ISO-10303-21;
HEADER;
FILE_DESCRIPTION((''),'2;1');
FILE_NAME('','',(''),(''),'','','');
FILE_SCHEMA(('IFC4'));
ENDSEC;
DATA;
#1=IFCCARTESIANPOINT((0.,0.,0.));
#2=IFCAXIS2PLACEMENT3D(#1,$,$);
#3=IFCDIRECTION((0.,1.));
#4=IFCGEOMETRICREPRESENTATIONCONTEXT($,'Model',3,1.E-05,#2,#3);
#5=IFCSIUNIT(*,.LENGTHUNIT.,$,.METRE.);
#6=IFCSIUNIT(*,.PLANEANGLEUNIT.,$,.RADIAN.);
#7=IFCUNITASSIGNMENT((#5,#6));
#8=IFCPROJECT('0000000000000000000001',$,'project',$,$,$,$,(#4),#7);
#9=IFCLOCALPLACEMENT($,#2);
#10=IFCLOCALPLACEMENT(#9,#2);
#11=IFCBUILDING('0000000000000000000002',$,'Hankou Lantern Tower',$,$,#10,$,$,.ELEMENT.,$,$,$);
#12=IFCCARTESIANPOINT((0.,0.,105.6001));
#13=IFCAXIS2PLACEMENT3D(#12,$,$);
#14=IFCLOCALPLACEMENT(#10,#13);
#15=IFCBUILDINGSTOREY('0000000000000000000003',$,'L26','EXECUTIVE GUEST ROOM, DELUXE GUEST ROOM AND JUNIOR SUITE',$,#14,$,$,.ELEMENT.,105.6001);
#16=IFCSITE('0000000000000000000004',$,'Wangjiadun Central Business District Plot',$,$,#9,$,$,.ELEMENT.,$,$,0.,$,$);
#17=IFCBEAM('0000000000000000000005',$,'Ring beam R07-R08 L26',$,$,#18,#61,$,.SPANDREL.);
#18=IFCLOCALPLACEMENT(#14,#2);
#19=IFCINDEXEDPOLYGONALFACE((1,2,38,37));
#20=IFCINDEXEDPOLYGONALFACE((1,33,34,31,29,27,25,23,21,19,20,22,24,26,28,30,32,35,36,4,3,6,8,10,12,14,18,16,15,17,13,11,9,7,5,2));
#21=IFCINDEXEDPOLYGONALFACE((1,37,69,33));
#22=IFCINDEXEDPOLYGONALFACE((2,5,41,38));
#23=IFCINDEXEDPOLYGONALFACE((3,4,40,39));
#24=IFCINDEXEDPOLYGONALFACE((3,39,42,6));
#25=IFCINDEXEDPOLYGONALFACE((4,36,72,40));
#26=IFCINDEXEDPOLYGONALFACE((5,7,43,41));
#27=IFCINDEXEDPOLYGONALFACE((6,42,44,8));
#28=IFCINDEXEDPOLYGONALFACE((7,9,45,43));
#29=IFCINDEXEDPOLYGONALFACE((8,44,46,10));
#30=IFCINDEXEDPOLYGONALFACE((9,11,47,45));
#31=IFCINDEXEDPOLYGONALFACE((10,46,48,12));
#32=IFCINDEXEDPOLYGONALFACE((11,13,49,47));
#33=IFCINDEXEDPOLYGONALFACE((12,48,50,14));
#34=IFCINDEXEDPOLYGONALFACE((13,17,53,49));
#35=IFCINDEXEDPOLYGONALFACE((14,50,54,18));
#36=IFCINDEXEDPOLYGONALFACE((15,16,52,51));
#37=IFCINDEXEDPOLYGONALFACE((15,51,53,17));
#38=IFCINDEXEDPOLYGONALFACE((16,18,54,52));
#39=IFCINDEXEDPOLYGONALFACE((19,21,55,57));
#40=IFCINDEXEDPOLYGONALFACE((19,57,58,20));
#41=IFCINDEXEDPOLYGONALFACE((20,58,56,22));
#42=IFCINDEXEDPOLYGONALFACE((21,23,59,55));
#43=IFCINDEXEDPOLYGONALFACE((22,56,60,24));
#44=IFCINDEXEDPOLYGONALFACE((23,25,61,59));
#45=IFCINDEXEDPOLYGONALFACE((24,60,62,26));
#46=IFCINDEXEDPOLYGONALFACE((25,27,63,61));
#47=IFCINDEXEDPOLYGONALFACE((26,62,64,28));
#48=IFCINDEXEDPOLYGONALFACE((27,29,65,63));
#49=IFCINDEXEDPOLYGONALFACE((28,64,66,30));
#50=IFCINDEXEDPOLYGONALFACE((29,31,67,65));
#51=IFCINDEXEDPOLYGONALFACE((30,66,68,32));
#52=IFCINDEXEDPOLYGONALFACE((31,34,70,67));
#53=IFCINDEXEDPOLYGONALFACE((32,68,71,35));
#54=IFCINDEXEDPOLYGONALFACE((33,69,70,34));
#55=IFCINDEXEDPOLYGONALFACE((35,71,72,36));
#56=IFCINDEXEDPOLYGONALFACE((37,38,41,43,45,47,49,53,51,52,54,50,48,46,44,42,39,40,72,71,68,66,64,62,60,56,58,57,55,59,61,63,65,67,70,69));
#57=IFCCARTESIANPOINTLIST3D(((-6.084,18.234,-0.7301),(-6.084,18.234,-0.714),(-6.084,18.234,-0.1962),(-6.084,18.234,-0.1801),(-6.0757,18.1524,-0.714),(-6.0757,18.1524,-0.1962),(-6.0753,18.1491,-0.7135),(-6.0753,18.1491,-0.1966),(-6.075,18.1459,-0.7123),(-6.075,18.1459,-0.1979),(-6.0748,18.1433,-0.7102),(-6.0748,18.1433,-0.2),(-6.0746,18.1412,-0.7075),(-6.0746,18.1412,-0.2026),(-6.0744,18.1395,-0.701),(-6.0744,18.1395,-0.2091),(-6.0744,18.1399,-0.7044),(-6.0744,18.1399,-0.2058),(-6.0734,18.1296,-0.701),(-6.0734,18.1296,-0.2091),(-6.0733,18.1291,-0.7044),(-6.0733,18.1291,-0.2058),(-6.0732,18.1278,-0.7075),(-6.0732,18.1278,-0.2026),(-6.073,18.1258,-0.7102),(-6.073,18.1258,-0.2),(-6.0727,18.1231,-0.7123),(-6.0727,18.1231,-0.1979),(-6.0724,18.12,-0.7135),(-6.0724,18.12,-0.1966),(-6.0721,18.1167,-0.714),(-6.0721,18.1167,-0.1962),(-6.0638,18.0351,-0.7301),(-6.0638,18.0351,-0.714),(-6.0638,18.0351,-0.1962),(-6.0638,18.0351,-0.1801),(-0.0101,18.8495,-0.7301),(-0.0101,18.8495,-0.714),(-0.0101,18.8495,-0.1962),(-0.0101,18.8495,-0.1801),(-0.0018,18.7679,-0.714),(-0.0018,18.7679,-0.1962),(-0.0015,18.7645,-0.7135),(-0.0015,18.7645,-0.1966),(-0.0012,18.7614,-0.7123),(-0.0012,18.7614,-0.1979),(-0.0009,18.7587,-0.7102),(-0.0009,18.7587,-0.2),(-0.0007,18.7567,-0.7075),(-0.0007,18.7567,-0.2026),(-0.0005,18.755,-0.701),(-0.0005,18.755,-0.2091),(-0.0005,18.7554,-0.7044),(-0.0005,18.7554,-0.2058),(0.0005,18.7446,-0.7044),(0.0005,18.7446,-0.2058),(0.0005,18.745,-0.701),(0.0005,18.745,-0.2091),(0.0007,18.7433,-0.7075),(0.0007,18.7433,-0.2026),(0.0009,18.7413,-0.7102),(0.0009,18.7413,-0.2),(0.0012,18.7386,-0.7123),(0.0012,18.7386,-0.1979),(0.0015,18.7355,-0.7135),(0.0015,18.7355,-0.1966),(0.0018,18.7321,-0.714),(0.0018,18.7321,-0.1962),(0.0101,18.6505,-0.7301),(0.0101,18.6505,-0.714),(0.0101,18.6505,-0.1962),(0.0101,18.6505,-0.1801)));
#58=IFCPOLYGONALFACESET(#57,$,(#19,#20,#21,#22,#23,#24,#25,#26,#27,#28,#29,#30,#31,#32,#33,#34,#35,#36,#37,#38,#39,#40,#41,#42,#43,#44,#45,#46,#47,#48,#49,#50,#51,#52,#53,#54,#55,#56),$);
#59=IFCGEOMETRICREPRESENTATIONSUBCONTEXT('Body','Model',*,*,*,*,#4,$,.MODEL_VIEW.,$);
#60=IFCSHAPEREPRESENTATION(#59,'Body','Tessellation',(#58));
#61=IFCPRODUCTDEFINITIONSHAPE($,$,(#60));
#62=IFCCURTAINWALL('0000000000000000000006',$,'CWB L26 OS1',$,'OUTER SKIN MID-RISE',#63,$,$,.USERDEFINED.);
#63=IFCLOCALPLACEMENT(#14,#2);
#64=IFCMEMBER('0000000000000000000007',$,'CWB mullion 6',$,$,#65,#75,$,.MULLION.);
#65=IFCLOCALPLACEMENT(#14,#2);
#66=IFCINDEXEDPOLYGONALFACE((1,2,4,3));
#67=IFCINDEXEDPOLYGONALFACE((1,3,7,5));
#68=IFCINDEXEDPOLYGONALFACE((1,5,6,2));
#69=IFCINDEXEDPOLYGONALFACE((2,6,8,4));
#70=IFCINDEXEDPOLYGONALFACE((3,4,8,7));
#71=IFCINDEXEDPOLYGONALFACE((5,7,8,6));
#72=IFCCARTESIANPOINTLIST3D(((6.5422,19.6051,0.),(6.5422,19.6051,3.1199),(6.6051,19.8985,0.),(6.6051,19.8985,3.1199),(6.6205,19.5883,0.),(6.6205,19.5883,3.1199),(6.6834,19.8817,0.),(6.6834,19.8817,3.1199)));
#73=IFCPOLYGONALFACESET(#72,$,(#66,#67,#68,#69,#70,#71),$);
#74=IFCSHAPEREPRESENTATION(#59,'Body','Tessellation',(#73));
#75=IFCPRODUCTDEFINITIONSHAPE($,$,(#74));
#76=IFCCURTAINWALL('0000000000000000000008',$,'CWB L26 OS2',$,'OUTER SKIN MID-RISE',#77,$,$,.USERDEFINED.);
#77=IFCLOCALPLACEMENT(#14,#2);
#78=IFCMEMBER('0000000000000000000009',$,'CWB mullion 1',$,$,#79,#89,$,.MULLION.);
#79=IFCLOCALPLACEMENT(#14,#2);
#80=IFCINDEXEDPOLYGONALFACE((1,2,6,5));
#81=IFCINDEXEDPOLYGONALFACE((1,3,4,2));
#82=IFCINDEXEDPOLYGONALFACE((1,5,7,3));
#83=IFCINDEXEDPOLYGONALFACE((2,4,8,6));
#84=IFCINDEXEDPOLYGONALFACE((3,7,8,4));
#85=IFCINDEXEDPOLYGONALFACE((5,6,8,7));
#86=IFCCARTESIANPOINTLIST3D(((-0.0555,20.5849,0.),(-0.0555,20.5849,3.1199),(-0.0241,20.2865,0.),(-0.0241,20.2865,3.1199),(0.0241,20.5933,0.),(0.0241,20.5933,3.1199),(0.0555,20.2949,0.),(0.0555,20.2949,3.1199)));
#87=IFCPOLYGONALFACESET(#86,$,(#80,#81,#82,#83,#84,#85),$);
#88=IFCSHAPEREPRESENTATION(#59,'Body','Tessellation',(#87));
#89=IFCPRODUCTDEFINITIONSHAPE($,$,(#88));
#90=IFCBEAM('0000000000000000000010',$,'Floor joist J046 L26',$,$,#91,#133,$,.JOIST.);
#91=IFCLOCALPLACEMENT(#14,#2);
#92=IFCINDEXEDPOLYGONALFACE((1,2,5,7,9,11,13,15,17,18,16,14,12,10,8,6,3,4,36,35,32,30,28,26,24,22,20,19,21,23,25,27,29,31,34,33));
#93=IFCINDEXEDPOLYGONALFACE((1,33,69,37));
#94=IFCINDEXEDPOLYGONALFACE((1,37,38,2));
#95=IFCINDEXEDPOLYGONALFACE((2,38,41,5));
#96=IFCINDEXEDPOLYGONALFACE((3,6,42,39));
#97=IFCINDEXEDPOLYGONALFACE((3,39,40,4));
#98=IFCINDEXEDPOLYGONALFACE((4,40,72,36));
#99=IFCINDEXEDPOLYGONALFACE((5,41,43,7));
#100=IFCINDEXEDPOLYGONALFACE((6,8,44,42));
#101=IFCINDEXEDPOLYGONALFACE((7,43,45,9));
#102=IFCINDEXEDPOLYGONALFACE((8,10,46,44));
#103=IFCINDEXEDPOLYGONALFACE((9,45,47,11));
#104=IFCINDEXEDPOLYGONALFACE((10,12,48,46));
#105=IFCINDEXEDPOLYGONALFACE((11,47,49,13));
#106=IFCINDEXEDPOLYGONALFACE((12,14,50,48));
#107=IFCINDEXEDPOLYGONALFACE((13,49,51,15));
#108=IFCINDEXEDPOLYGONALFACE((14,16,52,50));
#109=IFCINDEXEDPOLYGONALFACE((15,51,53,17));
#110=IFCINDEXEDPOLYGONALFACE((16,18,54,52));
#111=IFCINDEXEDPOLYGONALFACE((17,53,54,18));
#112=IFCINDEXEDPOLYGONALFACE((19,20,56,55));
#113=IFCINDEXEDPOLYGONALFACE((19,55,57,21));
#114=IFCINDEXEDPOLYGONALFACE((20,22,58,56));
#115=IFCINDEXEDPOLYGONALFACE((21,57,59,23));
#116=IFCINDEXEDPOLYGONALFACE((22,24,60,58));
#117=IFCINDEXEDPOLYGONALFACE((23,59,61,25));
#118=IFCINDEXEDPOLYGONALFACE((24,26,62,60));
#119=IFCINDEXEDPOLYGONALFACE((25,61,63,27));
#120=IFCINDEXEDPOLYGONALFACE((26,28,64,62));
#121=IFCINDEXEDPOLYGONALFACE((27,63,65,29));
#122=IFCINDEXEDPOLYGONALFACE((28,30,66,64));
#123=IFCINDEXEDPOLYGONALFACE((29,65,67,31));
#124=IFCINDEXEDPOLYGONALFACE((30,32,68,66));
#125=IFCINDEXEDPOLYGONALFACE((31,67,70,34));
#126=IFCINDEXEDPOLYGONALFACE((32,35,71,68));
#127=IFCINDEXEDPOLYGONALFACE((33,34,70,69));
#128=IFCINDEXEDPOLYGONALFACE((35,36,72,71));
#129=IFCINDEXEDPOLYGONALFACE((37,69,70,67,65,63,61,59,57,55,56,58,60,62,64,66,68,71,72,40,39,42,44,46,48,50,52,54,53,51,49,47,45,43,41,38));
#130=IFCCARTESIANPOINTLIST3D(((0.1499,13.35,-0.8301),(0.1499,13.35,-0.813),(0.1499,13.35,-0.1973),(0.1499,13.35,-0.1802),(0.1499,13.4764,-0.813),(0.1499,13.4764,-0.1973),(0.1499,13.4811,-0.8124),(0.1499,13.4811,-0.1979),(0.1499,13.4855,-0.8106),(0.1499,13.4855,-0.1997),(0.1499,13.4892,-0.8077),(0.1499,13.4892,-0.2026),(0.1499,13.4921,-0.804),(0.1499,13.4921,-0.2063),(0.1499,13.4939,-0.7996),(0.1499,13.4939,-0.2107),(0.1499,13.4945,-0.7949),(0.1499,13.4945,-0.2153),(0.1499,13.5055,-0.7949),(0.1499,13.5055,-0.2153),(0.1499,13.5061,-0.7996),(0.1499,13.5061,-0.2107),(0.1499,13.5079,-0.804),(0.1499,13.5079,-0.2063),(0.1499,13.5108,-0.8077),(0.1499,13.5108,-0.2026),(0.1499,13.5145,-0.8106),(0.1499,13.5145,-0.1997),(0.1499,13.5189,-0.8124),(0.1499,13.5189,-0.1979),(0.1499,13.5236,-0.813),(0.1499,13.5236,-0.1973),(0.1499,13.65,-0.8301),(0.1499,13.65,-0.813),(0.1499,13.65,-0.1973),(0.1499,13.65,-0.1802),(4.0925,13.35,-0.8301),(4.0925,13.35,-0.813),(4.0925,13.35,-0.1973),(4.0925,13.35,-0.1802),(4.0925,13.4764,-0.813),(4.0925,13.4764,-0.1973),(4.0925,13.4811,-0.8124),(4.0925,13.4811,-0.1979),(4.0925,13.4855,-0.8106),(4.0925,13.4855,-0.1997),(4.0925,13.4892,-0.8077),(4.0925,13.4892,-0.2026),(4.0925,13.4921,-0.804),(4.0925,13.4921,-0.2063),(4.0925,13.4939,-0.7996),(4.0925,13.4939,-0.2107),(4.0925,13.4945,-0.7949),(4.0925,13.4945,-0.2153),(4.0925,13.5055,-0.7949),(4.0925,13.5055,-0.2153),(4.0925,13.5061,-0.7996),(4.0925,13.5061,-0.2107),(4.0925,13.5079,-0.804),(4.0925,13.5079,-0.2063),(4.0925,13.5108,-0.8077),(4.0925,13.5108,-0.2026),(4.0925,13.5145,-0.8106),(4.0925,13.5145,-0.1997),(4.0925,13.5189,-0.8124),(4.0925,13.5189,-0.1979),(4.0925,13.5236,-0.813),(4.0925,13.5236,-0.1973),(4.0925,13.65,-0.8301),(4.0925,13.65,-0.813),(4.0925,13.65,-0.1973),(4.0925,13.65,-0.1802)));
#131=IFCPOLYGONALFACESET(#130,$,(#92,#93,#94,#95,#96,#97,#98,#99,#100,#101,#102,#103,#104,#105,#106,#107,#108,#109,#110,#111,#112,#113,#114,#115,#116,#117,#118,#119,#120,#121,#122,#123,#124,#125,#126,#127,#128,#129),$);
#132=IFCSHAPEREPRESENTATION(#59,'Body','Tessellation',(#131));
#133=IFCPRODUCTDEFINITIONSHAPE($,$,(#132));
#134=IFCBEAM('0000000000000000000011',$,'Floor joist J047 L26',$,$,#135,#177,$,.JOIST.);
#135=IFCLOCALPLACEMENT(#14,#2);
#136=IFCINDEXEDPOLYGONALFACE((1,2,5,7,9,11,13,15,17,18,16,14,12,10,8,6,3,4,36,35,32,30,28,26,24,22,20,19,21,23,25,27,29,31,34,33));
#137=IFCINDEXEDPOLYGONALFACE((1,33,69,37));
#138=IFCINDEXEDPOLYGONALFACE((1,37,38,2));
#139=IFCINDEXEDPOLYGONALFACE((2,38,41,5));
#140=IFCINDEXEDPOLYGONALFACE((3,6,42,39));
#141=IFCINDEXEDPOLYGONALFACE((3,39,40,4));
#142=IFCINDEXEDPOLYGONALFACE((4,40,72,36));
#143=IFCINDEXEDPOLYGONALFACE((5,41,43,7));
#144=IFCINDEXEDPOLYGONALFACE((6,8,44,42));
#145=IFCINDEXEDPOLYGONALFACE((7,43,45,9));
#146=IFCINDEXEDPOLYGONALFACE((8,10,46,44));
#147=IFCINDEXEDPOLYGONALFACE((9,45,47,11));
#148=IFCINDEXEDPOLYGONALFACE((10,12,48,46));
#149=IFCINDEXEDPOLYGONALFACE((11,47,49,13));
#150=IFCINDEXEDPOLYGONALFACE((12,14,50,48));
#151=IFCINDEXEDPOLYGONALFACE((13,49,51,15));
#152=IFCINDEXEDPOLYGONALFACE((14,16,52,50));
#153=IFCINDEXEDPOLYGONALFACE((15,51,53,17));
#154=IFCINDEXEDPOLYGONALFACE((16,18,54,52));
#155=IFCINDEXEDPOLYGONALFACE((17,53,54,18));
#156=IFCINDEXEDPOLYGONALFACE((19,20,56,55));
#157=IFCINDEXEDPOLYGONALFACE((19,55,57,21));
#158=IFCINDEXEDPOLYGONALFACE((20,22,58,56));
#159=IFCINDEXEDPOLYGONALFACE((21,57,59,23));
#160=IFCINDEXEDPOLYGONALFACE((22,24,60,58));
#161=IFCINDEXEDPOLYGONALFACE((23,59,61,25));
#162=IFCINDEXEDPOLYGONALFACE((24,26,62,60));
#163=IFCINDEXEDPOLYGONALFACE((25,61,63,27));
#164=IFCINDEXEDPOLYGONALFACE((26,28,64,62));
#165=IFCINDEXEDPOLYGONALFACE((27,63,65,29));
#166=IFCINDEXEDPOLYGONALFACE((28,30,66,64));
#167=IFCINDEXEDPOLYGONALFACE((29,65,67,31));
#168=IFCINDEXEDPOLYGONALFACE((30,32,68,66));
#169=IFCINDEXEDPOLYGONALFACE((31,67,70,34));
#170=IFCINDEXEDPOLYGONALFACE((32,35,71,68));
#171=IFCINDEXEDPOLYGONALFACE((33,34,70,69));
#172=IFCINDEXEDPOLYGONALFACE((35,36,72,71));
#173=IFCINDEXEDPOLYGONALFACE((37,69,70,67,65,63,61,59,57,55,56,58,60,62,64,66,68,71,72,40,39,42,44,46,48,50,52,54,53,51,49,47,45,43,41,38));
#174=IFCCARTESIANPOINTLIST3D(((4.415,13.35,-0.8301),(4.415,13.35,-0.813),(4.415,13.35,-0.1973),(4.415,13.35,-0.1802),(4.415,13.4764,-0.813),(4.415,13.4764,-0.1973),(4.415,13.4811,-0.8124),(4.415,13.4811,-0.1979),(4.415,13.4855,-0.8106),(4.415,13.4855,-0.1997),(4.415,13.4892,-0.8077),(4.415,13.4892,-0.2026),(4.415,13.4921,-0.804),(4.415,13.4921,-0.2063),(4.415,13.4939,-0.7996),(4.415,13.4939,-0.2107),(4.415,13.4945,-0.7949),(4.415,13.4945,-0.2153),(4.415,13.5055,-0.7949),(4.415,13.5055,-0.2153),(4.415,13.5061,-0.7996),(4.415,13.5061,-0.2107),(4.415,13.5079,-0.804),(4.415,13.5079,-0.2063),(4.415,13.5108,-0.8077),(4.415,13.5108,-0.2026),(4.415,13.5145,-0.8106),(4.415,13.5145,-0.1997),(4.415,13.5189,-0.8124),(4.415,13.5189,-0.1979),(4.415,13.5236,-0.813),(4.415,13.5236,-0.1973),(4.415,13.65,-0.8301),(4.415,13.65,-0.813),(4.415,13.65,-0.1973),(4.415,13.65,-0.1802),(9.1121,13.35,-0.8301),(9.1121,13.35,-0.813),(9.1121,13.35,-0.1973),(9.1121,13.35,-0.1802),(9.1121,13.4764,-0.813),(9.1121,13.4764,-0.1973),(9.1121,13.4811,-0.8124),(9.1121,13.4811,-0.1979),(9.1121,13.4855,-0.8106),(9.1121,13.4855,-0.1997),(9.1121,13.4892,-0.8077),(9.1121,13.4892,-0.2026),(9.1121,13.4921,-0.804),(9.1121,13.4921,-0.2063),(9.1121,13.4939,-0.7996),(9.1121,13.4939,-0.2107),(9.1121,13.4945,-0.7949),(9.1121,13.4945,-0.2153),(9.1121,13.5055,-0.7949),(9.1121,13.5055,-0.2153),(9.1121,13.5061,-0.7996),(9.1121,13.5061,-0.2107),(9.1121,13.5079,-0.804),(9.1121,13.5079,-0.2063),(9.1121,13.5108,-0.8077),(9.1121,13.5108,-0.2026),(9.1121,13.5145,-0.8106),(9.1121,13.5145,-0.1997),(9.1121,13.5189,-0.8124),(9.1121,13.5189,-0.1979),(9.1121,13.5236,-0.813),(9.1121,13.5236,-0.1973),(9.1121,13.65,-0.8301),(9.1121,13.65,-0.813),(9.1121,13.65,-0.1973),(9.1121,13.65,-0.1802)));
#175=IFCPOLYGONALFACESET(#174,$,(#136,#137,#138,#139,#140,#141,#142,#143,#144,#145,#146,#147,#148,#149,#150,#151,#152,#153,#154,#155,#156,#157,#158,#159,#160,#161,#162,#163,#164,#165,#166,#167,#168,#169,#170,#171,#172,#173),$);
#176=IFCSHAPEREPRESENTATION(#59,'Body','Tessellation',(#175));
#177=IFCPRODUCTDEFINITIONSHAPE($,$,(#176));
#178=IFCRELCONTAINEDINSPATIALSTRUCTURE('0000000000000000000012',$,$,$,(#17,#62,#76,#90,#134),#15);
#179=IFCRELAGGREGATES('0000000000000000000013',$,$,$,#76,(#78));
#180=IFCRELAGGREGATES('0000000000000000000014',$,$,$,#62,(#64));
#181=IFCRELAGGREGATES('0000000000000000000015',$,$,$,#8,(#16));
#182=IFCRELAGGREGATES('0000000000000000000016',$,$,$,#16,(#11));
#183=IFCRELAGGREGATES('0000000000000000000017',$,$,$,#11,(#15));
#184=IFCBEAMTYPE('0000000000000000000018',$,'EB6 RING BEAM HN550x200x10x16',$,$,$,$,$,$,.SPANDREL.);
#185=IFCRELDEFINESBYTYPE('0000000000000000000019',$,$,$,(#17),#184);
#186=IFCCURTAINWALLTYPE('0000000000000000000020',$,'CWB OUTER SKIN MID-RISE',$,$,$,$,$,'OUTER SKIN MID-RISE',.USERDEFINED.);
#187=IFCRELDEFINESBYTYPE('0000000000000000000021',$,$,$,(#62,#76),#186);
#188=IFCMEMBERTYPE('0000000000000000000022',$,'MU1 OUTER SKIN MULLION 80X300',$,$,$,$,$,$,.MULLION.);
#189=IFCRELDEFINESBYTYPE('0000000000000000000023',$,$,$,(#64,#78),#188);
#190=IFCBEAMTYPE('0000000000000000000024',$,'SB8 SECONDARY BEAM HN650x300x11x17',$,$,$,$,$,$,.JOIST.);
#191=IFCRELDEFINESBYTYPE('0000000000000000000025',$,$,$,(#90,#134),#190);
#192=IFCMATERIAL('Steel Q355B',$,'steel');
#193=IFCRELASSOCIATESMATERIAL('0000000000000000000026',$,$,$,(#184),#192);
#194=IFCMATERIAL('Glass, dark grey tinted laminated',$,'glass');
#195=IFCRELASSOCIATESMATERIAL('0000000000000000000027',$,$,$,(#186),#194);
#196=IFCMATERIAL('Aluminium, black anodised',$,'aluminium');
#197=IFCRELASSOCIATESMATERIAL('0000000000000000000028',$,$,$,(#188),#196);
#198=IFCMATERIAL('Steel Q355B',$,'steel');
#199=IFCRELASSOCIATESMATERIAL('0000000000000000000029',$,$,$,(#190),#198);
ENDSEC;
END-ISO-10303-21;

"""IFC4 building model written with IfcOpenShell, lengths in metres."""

from ifc_helpers import new_model, si_unit, direction, frame, origin, origin_2d, place, context, subcontext, project, spatial, rectangle, i_section, extrude, material, material_profile, profile_set, type_object, element, aggregate, save


model = new_model("IFC4")

# Units and contexts
model_context = context("Model", 3, precision=1e-05, world=origin(), true_north=direction((0.0, 1.0)))
body_context = subcontext(model_context, "Body", "Model", "MODEL_VIEW")
ifc_project = project(units=[si_unit("LENGTHUNIT", "METRE"), si_unit("PLANEANGLEUNIT", "RADIAN")], contexts=[model_context])

# Site, building, storey
site_placement = place(None, origin())
site = spatial("IfcSite", under=ifc_project, at=site_placement, Name="Wangjiadun Central Business District Plot", CompositionType="ELEMENT", RefElevation=0.0)
building_placement = place(site_placement, origin())
building = spatial("IfcBuilding", under=site, at=building_placement, Name="Hankou Lantern Tower", CompositionType="ELEMENT")
storey_placement = place(building_placement, frame((0.0, 0.0, 105.6001)))
storey = spatial("IfcBuildingStorey", under=building, at=storey_placement, Name="L26", Description="EXECUTIVE GUEST ROOM, DELUXE GUEST ROOM AND JUNIOR SUITE", CompositionType="ELEMENT", Elevation=105.6001)

# Beam
ifc_material_1 = material(Name="Steel Q355B", Category="steel")
ifc_material_profile_1 = material_profile(ifc_material_1, i_section(OverallWidth=0.2, OverallDepth=0.55, WebThickness=0.01, FlangeThickness=0.0161, FilletRadius=0.0129, at=origin_2d()), Name="HN550x200x10x16")
ifc_profile_set_1 = profile_set([ifc_material_profile_1], Name="Steel Q355B")
beam_type_1 = type_object("IfcBeamType", Name="EB6 RING BEAM HN550x200x10x16", PredefinedType="SPANDREL", material=ifc_profile_set_1)
for number, where, z_axis, x_axis, name in (
    (1, (0.0, 18.75, -0.4551), (-0.994905, -0.100814, 0.0), (0.100814, -0.994905, 0.0), "Ring beam R07-R08 L26"),
):
    element("IfcBeam", number, at=place(storey_placement, frame(where, z_axis=z_axis, x_axis=x_axis)), inside=storey, type_object=beam_type_1, Name=name, PredefinedType="SPANDREL", context=body_context, shape_type="SweptSolid", body=[
        extrude(i_section(OverallWidth=0.2, OverallDepth=0.55, WebThickness=0.01, FlangeThickness=0.0161, FilletRadius=0.0129, at=origin_2d()), origin(), (0.0, 0.0, 1.0), 6.105),
    ])

# Curtain walls, members
ifc_material_2 = material(Name="Glass, dark grey tinted laminated", Category="glass")
curtain_wall_type = type_object("IfcCurtainWallType", Name="CWB OUTER SKIN MID-RISE", ElementType="OUTER SKIN MID-RISE", PredefinedType="USERDEFINED", material=ifc_material_2)
curtain_wall_1_placement = place(storey_placement, origin())
curtain_wall_1 = element("IfcCurtainWall", 2, at=curtain_wall_1_placement, inside=storey, type_object=curtain_wall_type, Name="CWB L26 OS1", ObjectType="OUTER SKIN MID-RISE", PredefinedType="USERDEFINED")
ifc_material_3 = material(Name="Aluminium, black anodised", Category="aluminium")
ifc_material_profile_2 = material_profile(ifc_material_3, rectangle(XDim=0.0801, YDim=0.3, at=origin_2d()), Name="MU1 80X300")
ifc_profile_set_2 = profile_set([ifc_material_profile_2], Name="Aluminium, black anodised")
member_type_1 = type_object("IfcMemberType", Name="MU1 OUTER SKIN MULLION 80X300", PredefinedType="MULLION", material=ifc_profile_set_2)
member_1_placement = place(storey_placement, frame((6.6128, 19.7434, 0.0), z_axis=(0.0, 0.0, 1.0), x_axis=(-0.977788, 0.209598, 0.0)))
member_1 = element("IfcMember", 3, at=member_1_placement, type_object=member_type_1, Name="CWB mullion 6", PredefinedType="MULLION", context=body_context, shape_type="SweptSolid", body=[
    extrude(rectangle(XDim=0.0801, YDim=0.3, at=origin_2d()), origin(), (0.0, 0.0, 1.0), 3.1199),
])
curtain_wall_2_placement = place(storey_placement, origin())
curtain_wall_2 = element("IfcCurtainWall", 4, at=curtain_wall_2_placement, inside=storey, type_object=curtain_wall_type, Name="CWB L26 OS2", ObjectType="OUTER SKIN MID-RISE", PredefinedType="USERDEFINED")
member_2_placement = place(storey_placement, frame((0.0, 20.4399, 0.0), z_axis=(0.0, 0.0, 1.0), x_axis=(-0.994499, -0.104743, 0.0)))
member_2 = element("IfcMember", 5, at=member_2_placement, type_object=member_type_1, Name="CWB mullion 1", PredefinedType="MULLION", context=body_context, shape_type="SweptSolid", body=[
    extrude(rectangle(XDim=0.0801, YDim=0.3, at=origin_2d()), origin(), (0.0, 0.0, 1.0), 3.1199),
])
aggregate(curtain_wall_2, [member_2])

# Beams
ifc_material_4 = material(Name="Steel Q355B", Category="steel")
ifc_material_profile_3 = material_profile(ifc_material_4, i_section(OverallWidth=0.3, OverallDepth=0.6499, WebThickness=0.011, FlangeThickness=0.0171, FilletRadius=0.0181, at=origin_2d()), Name="HN650x300x11x17")
ifc_profile_set_3 = profile_set([ifc_material_profile_3], Name="Steel Q355B")
beam_type_2 = type_object("IfcBeamType", Name="SB8 SECONDARY BEAM HN650x300x11x17", PredefinedType="JOIST", material=ifc_profile_set_3)
beam_1_placement = place(storey_placement, frame((0.1499, 13.5, -0.5051), z_axis=(1.0, 0.0, 0.0), x_axis=(0.0, 1.0, 0.0)))
element("IfcBeam", 6, at=beam_1_placement, inside=storey, type_object=beam_type_2, Name="Floor joist J046 L26", PredefinedType="JOIST", context=body_context, shape_type="SweptSolid", body=[
    extrude(i_section(OverallWidth=0.3, OverallDepth=0.6499, WebThickness=0.011, FlangeThickness=0.0171, FilletRadius=0.0181, at=origin_2d()), origin(), (0.0, 0.0, 1.0), 3.9426),
])
beam_2_placement = place(storey_placement, frame((4.415, 13.5, -0.5051), z_axis=(1.0, 0.0, 0.0), x_axis=(0.0, 1.0, 0.0)))
element("IfcBeam", 7, at=beam_2_placement, inside=storey, type_object=beam_type_2, Name="Floor joist J047 L26", PredefinedType="JOIST", context=body_context, shape_type="SweptSolid", body=[
    extrude(i_section(OverallWidth=0.3, OverallDepth=0.6499, WebThickness=0.011, FlangeThickness=0.0171, FilletRadius=0.0181, at=origin_2d()), origin(), (0.0, 0.0, 1.0), 4.697),
])

aggregate(curtain_wall_1, [member_1])

save(model, "model.ifc")
